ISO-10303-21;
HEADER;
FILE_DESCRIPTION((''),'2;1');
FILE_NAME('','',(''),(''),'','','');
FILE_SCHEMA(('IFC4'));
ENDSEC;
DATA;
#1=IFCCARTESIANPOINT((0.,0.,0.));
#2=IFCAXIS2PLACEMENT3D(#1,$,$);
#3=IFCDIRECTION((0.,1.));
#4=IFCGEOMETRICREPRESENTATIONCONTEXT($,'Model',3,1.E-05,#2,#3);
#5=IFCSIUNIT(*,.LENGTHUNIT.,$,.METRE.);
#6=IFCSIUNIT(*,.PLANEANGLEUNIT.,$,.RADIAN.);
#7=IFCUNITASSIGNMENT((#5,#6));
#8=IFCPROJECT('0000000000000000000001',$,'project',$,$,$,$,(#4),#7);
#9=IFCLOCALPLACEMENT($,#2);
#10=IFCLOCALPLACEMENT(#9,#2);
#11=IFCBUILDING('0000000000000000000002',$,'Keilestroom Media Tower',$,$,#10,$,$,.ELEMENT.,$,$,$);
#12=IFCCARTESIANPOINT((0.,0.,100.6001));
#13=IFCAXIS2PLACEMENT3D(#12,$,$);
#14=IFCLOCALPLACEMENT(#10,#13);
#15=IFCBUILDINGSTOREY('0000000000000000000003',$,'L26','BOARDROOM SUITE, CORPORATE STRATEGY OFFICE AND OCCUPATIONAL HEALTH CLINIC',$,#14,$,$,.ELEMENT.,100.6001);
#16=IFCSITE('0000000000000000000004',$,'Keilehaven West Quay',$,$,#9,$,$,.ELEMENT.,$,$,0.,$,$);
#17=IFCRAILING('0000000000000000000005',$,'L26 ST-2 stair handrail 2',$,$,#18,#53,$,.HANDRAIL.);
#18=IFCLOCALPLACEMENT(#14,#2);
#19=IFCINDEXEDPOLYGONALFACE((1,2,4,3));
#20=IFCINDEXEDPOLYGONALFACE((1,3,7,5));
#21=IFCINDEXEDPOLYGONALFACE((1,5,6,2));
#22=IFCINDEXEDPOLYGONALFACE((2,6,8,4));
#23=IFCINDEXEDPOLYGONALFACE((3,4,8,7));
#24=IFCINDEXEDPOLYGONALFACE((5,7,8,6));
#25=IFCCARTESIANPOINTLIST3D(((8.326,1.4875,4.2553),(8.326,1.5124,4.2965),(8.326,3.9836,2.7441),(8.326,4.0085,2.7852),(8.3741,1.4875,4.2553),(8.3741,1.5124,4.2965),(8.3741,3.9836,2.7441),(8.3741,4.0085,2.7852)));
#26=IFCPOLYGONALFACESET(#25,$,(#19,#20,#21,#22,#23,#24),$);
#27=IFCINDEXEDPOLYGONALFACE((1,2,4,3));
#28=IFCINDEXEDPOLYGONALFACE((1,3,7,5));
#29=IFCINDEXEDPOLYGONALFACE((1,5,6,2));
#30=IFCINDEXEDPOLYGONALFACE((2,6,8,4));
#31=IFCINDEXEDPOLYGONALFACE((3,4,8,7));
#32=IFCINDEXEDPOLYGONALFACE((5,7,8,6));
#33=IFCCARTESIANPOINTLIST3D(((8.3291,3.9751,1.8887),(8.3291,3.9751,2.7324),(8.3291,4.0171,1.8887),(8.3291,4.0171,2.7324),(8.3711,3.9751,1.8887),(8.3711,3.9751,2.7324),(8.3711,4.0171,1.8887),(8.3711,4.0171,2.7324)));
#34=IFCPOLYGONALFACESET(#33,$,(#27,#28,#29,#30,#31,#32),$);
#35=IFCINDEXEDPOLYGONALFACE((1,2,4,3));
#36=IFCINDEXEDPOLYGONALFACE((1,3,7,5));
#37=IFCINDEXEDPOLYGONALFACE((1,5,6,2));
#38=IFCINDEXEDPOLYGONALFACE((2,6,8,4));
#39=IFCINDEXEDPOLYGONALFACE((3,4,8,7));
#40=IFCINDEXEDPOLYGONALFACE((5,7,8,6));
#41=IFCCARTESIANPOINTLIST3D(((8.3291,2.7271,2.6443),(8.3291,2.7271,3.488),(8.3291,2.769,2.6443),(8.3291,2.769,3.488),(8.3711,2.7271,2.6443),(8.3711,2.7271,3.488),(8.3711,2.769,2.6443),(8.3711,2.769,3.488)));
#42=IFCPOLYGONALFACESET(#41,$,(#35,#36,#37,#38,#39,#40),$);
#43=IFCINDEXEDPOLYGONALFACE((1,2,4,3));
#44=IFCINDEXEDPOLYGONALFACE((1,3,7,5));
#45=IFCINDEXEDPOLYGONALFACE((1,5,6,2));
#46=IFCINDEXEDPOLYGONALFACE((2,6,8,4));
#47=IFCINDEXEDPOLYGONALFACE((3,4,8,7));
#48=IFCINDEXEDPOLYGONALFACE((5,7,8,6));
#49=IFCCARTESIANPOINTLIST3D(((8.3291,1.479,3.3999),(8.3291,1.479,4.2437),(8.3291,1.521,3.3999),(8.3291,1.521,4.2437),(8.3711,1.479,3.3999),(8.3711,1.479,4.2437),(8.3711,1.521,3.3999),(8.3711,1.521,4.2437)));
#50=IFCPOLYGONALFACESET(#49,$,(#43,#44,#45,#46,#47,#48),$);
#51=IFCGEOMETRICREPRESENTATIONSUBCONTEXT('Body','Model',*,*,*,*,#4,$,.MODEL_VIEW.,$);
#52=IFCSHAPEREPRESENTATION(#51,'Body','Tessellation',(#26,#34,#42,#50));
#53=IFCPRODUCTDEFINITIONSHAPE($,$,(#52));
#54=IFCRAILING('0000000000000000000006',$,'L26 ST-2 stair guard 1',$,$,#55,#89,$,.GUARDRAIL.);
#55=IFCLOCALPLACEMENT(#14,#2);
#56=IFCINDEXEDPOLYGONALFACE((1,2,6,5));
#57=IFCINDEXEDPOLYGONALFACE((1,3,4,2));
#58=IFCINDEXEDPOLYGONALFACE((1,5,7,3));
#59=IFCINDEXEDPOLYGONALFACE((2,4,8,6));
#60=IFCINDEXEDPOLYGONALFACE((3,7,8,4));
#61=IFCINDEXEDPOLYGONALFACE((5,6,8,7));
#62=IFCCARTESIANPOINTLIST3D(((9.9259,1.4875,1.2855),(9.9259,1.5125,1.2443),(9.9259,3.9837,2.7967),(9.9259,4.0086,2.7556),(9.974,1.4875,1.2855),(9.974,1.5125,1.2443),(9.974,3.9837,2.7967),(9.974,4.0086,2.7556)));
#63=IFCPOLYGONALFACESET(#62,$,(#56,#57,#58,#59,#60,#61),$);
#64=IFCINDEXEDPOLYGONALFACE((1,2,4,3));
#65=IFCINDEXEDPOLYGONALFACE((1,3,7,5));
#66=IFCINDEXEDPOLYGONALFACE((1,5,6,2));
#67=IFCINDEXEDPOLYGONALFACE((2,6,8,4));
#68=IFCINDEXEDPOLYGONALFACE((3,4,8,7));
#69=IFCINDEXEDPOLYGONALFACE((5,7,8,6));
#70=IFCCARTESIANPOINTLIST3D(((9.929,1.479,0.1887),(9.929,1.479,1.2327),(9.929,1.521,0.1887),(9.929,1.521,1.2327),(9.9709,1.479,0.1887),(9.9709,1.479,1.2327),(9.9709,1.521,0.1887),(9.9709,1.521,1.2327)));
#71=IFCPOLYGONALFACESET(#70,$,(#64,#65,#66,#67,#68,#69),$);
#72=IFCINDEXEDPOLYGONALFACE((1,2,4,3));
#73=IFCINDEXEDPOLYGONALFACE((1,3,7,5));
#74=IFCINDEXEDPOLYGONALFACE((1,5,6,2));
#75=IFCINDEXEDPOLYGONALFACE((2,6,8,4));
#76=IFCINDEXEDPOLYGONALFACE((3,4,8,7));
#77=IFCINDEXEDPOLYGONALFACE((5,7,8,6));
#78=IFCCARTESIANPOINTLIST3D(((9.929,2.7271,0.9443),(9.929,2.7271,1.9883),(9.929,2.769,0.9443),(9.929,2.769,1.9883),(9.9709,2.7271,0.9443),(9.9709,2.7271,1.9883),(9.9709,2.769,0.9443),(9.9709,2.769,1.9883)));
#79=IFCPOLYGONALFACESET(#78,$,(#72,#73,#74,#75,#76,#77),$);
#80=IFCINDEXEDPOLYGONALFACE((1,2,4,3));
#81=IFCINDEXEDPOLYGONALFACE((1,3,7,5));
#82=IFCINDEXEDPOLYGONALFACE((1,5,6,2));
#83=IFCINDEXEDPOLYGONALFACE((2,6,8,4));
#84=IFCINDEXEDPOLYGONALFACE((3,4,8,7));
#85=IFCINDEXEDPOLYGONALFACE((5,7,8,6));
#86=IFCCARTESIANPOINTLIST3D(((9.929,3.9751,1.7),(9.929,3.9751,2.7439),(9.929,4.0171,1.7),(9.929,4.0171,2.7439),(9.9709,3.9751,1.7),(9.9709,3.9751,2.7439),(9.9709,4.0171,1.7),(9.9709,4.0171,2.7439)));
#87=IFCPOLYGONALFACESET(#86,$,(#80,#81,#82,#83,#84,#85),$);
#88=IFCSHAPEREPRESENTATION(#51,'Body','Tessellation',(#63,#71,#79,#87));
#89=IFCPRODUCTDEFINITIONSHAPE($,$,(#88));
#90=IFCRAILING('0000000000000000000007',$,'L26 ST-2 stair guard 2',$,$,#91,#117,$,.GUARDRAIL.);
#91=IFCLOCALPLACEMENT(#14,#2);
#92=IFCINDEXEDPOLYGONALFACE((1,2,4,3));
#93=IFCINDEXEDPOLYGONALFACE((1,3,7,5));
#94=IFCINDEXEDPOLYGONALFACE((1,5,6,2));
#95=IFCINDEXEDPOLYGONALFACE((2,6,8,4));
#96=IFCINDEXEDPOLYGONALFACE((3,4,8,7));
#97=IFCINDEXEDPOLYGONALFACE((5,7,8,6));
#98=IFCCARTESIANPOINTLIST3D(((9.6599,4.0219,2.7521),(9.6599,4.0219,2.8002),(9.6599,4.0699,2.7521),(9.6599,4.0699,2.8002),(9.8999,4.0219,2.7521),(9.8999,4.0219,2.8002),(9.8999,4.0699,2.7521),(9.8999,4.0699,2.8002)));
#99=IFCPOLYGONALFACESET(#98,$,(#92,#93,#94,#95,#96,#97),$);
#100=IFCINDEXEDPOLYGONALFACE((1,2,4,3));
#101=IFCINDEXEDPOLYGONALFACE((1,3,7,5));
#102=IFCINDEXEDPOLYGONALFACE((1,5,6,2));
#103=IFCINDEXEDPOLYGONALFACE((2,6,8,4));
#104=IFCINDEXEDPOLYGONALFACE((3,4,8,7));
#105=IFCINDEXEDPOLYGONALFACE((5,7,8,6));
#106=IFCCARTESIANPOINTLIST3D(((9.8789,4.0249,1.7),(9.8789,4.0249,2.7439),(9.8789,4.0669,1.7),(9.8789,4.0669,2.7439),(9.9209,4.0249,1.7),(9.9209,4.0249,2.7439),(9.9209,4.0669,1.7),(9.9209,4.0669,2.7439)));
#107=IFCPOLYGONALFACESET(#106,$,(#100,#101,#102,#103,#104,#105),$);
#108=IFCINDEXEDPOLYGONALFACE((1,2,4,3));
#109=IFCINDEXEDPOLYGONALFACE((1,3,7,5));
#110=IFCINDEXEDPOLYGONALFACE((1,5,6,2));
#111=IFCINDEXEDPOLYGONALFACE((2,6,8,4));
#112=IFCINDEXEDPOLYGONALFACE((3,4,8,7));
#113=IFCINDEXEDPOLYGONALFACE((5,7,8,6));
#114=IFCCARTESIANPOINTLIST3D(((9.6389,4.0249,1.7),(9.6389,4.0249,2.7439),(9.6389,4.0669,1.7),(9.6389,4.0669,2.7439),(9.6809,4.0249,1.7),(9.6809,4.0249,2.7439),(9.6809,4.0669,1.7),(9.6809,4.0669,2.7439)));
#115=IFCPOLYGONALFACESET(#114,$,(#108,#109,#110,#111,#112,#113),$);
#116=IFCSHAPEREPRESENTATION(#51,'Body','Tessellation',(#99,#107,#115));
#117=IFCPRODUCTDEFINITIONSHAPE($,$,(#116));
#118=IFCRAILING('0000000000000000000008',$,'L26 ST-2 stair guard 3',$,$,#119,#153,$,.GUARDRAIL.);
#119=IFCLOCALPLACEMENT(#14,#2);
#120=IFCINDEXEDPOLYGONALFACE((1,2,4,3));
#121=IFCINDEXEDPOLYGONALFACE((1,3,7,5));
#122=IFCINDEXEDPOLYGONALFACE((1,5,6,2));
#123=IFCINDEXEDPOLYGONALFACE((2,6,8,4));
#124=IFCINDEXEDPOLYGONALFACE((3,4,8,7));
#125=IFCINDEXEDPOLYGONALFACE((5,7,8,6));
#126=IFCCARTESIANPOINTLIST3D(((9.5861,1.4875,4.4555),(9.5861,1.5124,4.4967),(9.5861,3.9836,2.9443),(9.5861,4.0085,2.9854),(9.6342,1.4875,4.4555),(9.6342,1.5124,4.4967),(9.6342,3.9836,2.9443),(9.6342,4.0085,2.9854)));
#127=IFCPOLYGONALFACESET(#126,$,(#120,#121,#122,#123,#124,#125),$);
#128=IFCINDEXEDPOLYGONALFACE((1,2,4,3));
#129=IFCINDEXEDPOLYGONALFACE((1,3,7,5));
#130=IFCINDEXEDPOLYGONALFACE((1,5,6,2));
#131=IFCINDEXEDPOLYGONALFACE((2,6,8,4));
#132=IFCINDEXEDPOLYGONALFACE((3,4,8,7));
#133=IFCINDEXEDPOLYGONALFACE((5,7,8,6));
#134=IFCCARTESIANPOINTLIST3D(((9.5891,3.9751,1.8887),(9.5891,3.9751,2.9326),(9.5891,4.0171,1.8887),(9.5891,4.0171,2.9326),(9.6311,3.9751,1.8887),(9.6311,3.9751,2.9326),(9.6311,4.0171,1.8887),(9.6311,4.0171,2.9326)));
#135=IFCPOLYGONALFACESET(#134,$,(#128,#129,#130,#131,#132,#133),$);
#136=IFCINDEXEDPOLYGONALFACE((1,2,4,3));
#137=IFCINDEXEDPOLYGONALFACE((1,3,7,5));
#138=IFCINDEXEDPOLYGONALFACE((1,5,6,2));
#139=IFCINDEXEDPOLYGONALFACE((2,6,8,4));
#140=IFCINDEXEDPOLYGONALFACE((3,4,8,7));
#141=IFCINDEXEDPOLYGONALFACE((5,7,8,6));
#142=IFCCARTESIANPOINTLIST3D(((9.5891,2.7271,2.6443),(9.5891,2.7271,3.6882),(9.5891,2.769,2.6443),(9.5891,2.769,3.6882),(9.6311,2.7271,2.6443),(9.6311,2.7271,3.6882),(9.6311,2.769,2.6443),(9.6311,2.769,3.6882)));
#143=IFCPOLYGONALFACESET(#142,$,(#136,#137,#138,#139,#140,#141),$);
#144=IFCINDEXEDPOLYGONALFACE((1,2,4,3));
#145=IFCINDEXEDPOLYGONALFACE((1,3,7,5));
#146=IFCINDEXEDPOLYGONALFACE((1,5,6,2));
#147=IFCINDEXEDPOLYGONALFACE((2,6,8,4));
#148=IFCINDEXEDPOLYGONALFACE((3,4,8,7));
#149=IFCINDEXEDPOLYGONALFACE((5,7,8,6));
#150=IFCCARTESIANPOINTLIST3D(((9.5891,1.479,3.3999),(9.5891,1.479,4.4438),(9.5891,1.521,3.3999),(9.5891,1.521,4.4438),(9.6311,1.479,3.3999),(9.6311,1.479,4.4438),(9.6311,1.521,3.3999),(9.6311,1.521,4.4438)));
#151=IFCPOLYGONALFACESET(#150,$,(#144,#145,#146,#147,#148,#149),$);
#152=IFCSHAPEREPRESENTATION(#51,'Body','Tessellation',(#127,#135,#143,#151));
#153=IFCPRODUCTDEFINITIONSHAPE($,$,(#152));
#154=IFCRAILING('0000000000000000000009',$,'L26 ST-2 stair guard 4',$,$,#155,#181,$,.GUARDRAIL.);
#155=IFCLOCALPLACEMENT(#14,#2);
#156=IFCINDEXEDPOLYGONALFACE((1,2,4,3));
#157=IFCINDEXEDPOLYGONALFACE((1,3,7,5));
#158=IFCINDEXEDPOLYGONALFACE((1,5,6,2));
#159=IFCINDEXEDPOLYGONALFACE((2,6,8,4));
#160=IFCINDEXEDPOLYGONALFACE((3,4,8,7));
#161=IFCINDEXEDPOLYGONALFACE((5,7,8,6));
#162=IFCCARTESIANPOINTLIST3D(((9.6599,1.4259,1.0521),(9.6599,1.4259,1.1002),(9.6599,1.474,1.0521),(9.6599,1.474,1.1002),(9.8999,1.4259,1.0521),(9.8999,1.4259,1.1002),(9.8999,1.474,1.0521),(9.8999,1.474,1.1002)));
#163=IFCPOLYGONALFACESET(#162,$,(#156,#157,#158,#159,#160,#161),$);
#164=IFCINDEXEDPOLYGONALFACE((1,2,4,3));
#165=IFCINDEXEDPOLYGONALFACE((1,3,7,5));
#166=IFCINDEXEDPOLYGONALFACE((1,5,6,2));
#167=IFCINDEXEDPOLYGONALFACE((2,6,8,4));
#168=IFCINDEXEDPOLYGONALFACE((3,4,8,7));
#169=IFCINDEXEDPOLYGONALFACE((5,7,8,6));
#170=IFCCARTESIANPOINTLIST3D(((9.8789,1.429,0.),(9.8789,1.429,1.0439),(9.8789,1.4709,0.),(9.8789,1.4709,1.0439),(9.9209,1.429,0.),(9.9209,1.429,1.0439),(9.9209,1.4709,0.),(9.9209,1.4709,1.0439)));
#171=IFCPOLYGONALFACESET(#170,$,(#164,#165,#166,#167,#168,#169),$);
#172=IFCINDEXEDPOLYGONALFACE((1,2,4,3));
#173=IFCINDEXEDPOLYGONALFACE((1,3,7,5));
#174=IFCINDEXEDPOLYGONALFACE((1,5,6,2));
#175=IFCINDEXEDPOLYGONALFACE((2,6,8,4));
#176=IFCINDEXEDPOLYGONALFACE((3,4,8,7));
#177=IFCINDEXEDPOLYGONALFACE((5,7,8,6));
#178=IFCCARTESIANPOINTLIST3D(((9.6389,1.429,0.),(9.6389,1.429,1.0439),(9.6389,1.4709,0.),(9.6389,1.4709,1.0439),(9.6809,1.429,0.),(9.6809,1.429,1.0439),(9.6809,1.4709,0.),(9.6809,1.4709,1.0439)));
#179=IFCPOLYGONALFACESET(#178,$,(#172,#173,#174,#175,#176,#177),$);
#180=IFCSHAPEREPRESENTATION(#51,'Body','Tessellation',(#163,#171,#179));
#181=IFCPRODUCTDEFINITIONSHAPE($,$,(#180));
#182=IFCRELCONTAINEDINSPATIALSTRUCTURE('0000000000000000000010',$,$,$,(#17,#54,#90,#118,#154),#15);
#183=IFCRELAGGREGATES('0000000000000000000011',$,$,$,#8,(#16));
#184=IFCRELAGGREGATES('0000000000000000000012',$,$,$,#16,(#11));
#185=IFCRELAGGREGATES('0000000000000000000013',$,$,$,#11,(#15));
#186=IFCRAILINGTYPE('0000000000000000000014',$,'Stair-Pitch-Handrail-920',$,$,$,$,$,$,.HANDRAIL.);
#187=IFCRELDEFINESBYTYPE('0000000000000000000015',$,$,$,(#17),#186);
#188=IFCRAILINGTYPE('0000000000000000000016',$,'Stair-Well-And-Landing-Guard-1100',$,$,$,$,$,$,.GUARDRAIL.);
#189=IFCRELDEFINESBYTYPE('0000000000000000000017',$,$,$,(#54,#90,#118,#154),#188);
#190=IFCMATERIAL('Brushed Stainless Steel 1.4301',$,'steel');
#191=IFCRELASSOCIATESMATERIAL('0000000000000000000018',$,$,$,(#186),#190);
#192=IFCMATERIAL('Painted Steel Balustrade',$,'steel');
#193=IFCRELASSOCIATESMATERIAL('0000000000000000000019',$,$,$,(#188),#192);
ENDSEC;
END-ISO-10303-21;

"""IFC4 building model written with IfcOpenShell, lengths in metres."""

from ifc_helpers import new_model, si_unit, direction, frame, origin, origin_2d, place, context, subcontext, project, spatial, rectangle, extrude, material, type_object, element, save


model = new_model("IFC4")

# Units and contexts
model_context = context("Model", 3, precision=1e-05, world=origin(), true_north=direction((0.0, 1.0)))
body_context = subcontext(model_context, "Body", "Model", "MODEL_VIEW")
ifc_project = project(units=[si_unit("LENGTHUNIT", "METRE"), si_unit("PLANEANGLEUNIT", "RADIAN")], contexts=[model_context])

# Site, building, storey
site_placement = place(None, origin())
site = spatial("IfcSite", under=ifc_project, at=site_placement, Name="Keilehaven West Quay", CompositionType="ELEMENT", RefElevation=0.0)
building_placement = place(site_placement, origin())
building = spatial("IfcBuilding", under=site, at=building_placement, Name="Keilestroom Media Tower", CompositionType="ELEMENT")
storey_placement = place(building_placement, frame((0.0, 0.0, 100.6001)))
storey = spatial("IfcBuildingStorey", under=building, at=storey_placement, Name="L26", Description="BOARDROOM SUITE, CORPORATE STRATEGY OFFICE AND OCCUPATIONAL HEALTH CLINIC", CompositionType="ELEMENT", Elevation=100.6001)

# Railings
ifc_material_1 = material(Name="Brushed Stainless Steel 1.4301", Category="steel")
railing_type_1 = type_object("IfcRailingType", Name="Stair-Pitch-Handrail-920", PredefinedType="HANDRAIL", material=ifc_material_1)
railing_1_placement = place(storey_placement, frame((8.3501, 3.9961, 1.8887)))
element("IfcRailing", 1, at=railing_1_placement, inside=storey, type_object=railing_type_1, Name="L26 ST-2 stair handrail 2", PredefinedType="HANDRAIL", context=body_context, shape_type="SweptSolid", body=[
    extrude(rectangle(XDim=0.0481, YDim=0.0481, at=origin_2d()), frame((0.0, 0.0, 0.876), z_axis=(0.0, -0.855434, 0.517912), x_axis=(1.0, 0.0, 0.0)), (0.0, 0.0, 1.0), 2.918),
    extrude(rectangle(XDim=0.042, YDim=0.042, at=origin_2d()), origin(), (0.0, 0.0, 1.0), 0.8438),
    extrude(rectangle(XDim=0.042, YDim=0.042, at=origin_2d()), frame((0.0, -1.248, 0.7556)), (0.0, 0.0, 1.0), 0.8438),
    extrude(rectangle(XDim=0.042, YDim=0.042, at=origin_2d()), frame((0.0, -2.4961, 1.5112)), (0.0, 0.0, 1.0), 0.8438),
])
ifc_material_2 = material(Name="Painted Steel Balustrade", Category="steel")
railing_type_2 = type_object("IfcRailingType", Name="Stair-Well-And-Landing-Guard-1100", PredefinedType="GUARDRAIL", material=ifc_material_2)
railing_2_placement = place(storey_placement, frame((9.95, 1.5, 0.1887)))
element("IfcRailing", 2, at=railing_2_placement, inside=storey, type_object=railing_type_2, Name="L26 ST-2 stair guard 1", PredefinedType="GUARDRAIL", context=body_context, shape_type="SweptSolid", body=[
    extrude(rectangle(XDim=0.0481, YDim=0.0481, at=origin_2d()), frame((0.0, 0.0, 1.0762), z_axis=(0.0, 0.855434, 0.517912), x_axis=(-1.0, 0.0, 0.0)), (0.0, 0.0, 1.0), 2.918),
    extrude(rectangle(XDim=0.042, YDim=0.042, at=origin_2d()), origin(), (0.0, 0.0, 1.0), 1.0439),
    extrude(rectangle(XDim=0.042, YDim=0.042, at=origin_2d()), frame((0.0, 1.248, 0.7556)), (0.0, 0.0, 1.0), 1.0439),
    extrude(rectangle(XDim=0.042, YDim=0.042, at=origin_2d()), frame((0.0, 2.4961, 1.5112)), (0.0, 0.0, 1.0), 1.0439),
])
railing_3_placement = place(storey_placement, frame((9.8999, 4.0459, 1.7)))
element("IfcRailing", 3, at=railing_3_placement, inside=storey, type_object=railing_type_2, Name="L26 ST-2 stair guard 2", PredefinedType="GUARDRAIL", context=body_context, shape_type="SweptSolid", body=[
    extrude(rectangle(XDim=0.0481, YDim=0.0481, at=origin_2d()), frame((0.0, 0.0, 1.0762), z_axis=(-1.0, 0.0, 0.0), x_axis=(0.0, -1.0, 0.0)), (0.0, 0.0, 1.0), 0.24),
    extrude(rectangle(XDim=0.042, YDim=0.042, at=origin_2d()), origin(), (0.0, 0.0, 1.0), 1.0439),
    extrude(rectangle(XDim=0.042, YDim=0.042, at=origin_2d()), frame((-0.24, 0.0, 0.0)), (0.0, 0.0, 1.0), 1.0439),
])
railing_4_placement = place(storey_placement, frame((9.6101, 3.9961, 1.8887)))
element("IfcRailing", 4, at=railing_4_placement, inside=storey, type_object=railing_type_2, Name="L26 ST-2 stair guard 3", PredefinedType="GUARDRAIL", context=body_context, shape_type="SweptSolid", body=[
    extrude(rectangle(XDim=0.0481, YDim=0.0481, at=origin_2d()), frame((0.0, 0.0, 1.0762), z_axis=(0.0, -0.855434, 0.517912), x_axis=(1.0, 0.0, 0.0)), (0.0, 0.0, 1.0), 2.918),
    extrude(rectangle(XDim=0.042, YDim=0.042, at=origin_2d()), origin(), (0.0, 0.0, 1.0), 1.0439),
    extrude(rectangle(XDim=0.042, YDim=0.042, at=origin_2d()), frame((0.0, -1.248, 0.7556)), (0.0, 0.0, 1.0), 1.0439),
    extrude(rectangle(XDim=0.042, YDim=0.042, at=origin_2d()), frame((0.0, -2.4961, 1.5112)), (0.0, 0.0, 1.0), 1.0439),
])
railing_5_placement = place(storey_placement, frame((9.8999, 1.45, 0.0)))
element("IfcRailing", 5, at=railing_5_placement, inside=storey, type_object=railing_type_2, Name="L26 ST-2 stair guard 4", PredefinedType="GUARDRAIL", context=body_context, shape_type="SweptSolid", body=[
    extrude(rectangle(XDim=0.0481, YDim=0.0481, at=origin_2d()), frame((0.0, 0.0, 1.0762), z_axis=(-1.0, 0.0, 0.0), x_axis=(0.0, -1.0, 0.0)), (0.0, 0.0, 1.0), 0.24),
    extrude(rectangle(XDim=0.042, YDim=0.042, at=origin_2d()), origin(), (0.0, 0.0, 1.0), 1.0439),
    extrude(rectangle(XDim=0.042, YDim=0.042, at=origin_2d()), frame((-0.24, 0.0, 0.0)), (0.0, 0.0, 1.0), 1.0439),
])

save(model, "model.ifc")
